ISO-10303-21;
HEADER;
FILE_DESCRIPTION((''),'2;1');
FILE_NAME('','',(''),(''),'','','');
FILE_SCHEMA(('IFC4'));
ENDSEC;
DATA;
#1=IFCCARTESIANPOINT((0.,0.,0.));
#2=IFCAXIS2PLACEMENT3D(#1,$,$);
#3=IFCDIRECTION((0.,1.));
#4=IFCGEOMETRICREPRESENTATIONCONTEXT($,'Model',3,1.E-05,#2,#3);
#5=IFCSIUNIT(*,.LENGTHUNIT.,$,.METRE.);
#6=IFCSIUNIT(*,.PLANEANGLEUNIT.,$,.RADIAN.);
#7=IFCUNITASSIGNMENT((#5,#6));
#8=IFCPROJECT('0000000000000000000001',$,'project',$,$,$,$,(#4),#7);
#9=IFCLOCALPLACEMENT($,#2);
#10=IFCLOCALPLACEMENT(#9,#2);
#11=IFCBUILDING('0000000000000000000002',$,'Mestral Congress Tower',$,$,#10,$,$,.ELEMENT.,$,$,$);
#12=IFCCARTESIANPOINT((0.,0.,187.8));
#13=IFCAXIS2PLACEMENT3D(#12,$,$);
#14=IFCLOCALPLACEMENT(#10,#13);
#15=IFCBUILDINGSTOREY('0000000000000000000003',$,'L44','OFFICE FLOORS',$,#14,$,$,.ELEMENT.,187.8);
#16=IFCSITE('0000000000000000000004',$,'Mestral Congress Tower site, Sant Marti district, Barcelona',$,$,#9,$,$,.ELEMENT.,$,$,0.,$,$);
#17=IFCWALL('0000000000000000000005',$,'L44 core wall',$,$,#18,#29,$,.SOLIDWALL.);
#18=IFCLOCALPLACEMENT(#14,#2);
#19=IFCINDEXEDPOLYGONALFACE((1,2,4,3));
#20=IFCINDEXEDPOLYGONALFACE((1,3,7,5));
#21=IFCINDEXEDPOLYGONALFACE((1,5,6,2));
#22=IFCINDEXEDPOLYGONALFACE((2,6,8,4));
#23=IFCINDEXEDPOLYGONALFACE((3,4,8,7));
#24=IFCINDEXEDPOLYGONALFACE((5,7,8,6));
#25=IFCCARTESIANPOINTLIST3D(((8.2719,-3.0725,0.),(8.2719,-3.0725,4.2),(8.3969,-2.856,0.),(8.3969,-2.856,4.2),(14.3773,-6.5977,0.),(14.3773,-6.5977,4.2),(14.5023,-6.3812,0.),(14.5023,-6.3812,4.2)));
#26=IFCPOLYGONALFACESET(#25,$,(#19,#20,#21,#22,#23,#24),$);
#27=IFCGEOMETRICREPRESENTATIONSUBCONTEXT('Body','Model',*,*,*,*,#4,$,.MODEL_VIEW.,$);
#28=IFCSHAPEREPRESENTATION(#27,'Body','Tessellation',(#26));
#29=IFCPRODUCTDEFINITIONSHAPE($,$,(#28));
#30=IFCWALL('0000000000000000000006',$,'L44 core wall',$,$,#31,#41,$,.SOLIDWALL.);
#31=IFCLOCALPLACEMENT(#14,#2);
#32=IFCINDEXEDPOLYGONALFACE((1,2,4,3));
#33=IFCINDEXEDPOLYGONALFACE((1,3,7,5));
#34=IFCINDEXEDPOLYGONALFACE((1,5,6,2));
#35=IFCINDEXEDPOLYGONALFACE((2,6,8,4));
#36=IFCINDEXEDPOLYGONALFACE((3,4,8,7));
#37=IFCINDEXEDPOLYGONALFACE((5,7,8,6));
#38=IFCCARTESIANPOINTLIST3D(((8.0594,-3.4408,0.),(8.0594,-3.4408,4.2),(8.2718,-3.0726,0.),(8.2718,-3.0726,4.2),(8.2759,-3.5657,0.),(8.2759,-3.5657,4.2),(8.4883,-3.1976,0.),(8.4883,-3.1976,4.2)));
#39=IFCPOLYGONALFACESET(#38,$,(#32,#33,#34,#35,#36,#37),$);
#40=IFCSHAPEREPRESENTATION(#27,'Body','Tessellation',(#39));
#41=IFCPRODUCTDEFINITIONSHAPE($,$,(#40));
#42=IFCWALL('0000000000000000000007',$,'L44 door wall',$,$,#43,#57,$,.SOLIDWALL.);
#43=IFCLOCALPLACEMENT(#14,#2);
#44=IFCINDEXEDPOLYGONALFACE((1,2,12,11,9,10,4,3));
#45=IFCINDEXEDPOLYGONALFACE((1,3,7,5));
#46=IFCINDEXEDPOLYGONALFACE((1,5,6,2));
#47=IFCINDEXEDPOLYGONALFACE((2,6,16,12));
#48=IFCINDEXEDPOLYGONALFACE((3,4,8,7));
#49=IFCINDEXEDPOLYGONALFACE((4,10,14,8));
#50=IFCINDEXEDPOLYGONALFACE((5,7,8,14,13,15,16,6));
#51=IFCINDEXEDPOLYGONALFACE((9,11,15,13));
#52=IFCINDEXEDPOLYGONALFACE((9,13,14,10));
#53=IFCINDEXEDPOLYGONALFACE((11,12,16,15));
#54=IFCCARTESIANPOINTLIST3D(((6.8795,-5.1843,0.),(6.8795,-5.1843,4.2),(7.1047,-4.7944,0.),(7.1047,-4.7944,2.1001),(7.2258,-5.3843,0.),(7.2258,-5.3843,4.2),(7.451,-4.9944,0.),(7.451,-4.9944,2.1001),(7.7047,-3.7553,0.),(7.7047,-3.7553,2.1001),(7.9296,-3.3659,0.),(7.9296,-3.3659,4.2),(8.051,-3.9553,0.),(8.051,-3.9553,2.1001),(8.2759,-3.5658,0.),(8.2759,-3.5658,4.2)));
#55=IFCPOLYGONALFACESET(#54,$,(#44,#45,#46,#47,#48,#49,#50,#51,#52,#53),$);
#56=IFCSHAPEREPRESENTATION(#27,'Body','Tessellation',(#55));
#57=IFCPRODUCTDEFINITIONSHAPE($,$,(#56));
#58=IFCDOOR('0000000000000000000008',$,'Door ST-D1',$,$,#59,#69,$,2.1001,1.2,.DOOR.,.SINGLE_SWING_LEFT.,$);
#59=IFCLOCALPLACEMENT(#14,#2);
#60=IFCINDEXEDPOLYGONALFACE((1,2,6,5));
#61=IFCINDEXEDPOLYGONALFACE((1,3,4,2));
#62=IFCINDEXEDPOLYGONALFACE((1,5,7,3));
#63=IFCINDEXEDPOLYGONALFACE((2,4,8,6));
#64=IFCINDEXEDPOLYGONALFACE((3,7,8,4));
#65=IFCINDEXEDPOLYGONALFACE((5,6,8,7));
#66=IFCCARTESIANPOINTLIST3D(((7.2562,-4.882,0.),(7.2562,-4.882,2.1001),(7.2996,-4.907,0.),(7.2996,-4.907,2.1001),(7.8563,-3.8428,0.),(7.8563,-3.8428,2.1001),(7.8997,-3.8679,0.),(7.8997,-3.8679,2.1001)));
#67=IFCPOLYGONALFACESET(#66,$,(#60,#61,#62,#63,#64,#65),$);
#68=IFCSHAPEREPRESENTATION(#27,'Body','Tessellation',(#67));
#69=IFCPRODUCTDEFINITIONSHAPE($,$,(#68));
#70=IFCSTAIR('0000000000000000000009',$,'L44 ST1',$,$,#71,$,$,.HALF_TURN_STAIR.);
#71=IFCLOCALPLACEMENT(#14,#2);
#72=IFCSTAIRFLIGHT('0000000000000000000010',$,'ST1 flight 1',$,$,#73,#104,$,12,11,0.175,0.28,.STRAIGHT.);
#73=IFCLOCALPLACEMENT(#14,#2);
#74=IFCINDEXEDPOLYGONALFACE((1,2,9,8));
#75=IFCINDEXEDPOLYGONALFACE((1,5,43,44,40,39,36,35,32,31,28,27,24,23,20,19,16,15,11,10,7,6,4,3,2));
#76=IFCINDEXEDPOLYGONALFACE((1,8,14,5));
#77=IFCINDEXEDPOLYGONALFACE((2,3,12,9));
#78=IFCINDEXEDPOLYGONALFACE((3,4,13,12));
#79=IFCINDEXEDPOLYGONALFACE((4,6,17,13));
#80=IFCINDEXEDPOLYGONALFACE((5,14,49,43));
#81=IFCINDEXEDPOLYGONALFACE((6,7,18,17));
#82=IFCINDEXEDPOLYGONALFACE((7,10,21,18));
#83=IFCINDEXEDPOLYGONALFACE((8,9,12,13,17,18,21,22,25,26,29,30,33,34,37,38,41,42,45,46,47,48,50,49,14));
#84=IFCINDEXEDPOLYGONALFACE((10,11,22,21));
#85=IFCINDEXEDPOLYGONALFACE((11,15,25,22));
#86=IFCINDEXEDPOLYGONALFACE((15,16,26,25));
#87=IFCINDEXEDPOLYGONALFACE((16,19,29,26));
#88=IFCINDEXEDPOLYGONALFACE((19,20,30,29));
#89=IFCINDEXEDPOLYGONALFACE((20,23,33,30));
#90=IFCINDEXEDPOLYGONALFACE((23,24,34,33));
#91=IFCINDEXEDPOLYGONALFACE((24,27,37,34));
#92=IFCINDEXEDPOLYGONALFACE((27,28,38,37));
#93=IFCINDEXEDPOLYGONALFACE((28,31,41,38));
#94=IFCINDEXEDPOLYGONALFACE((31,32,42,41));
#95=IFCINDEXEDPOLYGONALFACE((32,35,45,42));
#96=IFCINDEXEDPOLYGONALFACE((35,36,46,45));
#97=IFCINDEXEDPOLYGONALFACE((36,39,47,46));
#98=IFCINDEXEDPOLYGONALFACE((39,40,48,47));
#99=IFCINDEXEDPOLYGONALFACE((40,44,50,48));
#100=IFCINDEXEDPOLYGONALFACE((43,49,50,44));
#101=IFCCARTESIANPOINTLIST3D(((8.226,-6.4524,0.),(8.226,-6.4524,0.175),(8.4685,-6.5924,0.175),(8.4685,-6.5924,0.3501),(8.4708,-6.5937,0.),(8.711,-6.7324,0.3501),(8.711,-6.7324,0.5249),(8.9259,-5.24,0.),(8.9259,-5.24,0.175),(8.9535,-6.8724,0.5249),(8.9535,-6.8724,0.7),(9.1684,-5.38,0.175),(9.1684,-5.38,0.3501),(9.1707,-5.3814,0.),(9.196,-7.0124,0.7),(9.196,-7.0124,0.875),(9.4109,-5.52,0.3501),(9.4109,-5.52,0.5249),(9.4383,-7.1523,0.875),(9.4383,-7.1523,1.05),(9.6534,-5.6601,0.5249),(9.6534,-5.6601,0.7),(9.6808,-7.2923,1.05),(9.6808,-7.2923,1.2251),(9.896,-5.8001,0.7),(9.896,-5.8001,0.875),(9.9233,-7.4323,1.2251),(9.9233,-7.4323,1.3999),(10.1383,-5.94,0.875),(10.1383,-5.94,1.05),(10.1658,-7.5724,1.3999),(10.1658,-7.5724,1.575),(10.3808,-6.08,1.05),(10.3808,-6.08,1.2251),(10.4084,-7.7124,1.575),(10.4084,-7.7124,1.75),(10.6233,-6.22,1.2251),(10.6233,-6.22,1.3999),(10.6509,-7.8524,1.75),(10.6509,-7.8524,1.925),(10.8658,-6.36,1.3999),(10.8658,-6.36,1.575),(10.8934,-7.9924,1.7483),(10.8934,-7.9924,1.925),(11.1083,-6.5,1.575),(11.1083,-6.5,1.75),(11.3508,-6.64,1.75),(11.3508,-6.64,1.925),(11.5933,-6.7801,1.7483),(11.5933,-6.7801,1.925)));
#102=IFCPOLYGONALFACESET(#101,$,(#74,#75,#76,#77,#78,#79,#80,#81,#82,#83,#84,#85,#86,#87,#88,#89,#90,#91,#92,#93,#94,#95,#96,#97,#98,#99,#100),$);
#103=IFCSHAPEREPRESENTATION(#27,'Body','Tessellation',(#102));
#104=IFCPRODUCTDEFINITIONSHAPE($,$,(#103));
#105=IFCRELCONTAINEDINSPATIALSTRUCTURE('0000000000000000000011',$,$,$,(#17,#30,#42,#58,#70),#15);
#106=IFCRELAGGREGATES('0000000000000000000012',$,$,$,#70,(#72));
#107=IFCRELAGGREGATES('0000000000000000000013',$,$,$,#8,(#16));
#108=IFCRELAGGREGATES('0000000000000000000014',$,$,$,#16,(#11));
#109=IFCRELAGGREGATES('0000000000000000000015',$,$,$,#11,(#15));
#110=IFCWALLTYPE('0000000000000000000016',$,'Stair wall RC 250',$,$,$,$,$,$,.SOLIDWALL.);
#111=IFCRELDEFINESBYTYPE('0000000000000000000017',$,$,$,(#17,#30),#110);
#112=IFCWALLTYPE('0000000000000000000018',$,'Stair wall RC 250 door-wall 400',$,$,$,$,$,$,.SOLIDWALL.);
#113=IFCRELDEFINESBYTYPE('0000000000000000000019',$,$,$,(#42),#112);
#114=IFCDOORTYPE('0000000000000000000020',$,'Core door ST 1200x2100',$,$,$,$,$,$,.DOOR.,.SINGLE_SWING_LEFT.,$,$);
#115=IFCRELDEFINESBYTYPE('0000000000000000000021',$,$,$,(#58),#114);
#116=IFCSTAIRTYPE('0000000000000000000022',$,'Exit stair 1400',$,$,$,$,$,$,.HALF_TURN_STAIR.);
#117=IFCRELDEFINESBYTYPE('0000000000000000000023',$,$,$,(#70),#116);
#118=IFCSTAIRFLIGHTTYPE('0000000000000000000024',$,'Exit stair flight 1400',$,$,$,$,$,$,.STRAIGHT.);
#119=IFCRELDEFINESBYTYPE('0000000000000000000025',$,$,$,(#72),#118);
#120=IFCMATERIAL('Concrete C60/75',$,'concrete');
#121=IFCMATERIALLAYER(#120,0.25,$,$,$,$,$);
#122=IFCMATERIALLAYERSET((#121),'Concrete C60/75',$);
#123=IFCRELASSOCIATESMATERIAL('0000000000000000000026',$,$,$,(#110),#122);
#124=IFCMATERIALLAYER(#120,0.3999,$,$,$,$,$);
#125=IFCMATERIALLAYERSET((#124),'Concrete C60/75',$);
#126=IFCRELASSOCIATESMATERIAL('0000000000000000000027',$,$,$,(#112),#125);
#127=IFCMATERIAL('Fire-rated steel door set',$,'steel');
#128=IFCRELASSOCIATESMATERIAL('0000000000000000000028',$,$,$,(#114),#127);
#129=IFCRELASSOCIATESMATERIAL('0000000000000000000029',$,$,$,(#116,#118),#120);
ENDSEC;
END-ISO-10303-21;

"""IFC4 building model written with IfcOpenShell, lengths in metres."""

from ifc_helpers import new_model, si_unit, direction, frame, frame_2d, origin, place, context, subcontext, project, spatial, polyline, rectangle, outline, extrude, material, layer, layer_set, type_object, element, fill, aggregate, save


model = new_model("IFC4")

# Units and contexts
model_context = context("Model", 3, precision=1e-05, world=origin(), true_north=direction((0.0, 1.0)))
body_context = subcontext(model_context, "Body", "Model", "MODEL_VIEW")
ifc_project = project(units=[si_unit("LENGTHUNIT", "METRE"), si_unit("PLANEANGLEUNIT", "RADIAN")], contexts=[model_context])

# Site, building, storey
site_placement = place(None, origin())
site = spatial("IfcSite", under=ifc_project, at=site_placement, Name="Mestral Congress Tower site, Sant Marti district, Barcelona", CompositionType="ELEMENT", RefElevation=0.0)
building_placement = place(site_placement, origin())
building = spatial("IfcBuilding", under=site, at=building_placement, Name="Mestral Congress Tower", CompositionType="ELEMENT")
storey_placement = place(building_placement, frame((0.0, 0.0, 187.8)))
storey = spatial("IfcBuildingStorey", under=building, at=storey_placement, Name="L44", Description="OFFICE FLOORS", CompositionType="ELEMENT", Elevation=187.8)

# Shared definitions
ifc_material_1 = material(Name="Concrete C60/75", Category="concrete")

# Shared definitions
ifc_material_2 = material(Name="Fire-rated steel door set", Category="steel")

# Walls
ifc_layer_1 = layer(ifc_material_1, 0.25)
ifc_layer_set_1 = layer_set([ifc_layer_1], Name="Concrete C60/75")
wall_type_1 = type_object("IfcWallType", Name="Stair wall RC 250", PredefinedType="SOLIDWALL", material=ifc_layer_set_1)
wall_1_placement = place(storey_placement, frame((8.3345, -2.9644, 0.0), z_axis=(0.0, 0.0, 1.0), x_axis=(0.866016, -0.500016, 0.0)))
element("IfcWall", 1, at=wall_1_placement, inside=storey, type_object=wall_type_1, Name="L44 core wall", PredefinedType="SOLIDWALL", context=body_context, shape_type="SweptSolid", body=[
    extrude(rectangle(XDim=7.05, YDim=0.25, at=frame_2d((3.5249, 0.0))), origin(), (0.0, 0.0, 1.0), 4.2),
])
wall_2_placement = place(storey_placement, frame((8.1677, -3.5032, 0.0), z_axis=(0.0, 0.0, 1.0), x_axis=(0.499722, 0.866186, 0.0)))
element("IfcWall", 2, at=wall_2_placement, inside=storey, type_object=wall_type_1, Name="L44 core wall", PredefinedType="SOLIDWALL", context=body_context, shape_type="SweptSolid", body=[
    extrude(rectangle(XDim=0.425, YDim=0.25, at=frame_2d((0.2124, 0.0))), origin(), (0.0, 0.0, 1.0), 4.2),
])

# Wall, opening, door
ifc_layer_2 = layer(ifc_material_1, 0.3999)
ifc_layer_set_2 = layer_set([ifc_layer_2], Name="Concrete C60/75")
wall_type_2 = type_object("IfcWallType", Name="Stair wall RC 250 door-wall 400", PredefinedType="SOLIDWALL", material=ifc_layer_set_2)
wall_3_placement = place(storey_placement, frame((7.0527, -5.2842, 0.0), z_axis=(0.0, 0.0, 1.0), x_axis=(0.500078, 0.86598, 0.0)))
wall_3 = element("IfcWall", 3, at=wall_3_placement, inside=storey, type_object=wall_type_2, Name="L44 door wall", PredefinedType="SOLIDWALL", context=body_context, shape_type="SweptSolid", body=[
    extrude(rectangle(XDim=2.0999, YDim=0.3999, at=frame_2d((1.0498, 0.0))), origin(), (0.0, 0.0, 1.0), 4.2),
])
opening_1_placement = place(wall_3_placement, frame((0.45, 0.0, 0.0)))
opening_1 = element("IfcOpeningElement", 4, at=opening_1_placement, cuts=wall_3, PredefinedType="OPENING", context=body_context, shape_type="SweptSolid", body=[
    extrude(rectangle(XDim=1.2, YDim=2.1001, at=frame_2d((0.6001, 1.05))), frame((0.0, 0.21, 0.0), z_axis=(0.0, -1.0, 0.0), x_axis=(1.0, 0.0, 0.0)), (0.0, 0.0, 1.0), 0.4199),
])
door_type_1 = type_object("IfcDoorType", Name="Core door ST 1200x2100", OperationType="SINGLE_SWING_LEFT", PredefinedType="DOOR", material=ifc_material_2)
door_1_placement = place(opening_1_placement, origin())
door_1 = element("IfcDoor", 5, at=door_1_placement, inside=storey, type_object=door_type_1, Name="Door ST-D1", OperationType="SINGLE_SWING_LEFT", OverallHeight=2.1001, OverallWidth=1.2, PredefinedType="DOOR", context=body_context, shape_type="SweptSolid", body=[
    extrude(rectangle(XDim=1.2, YDim=2.1001, at=frame_2d((0.6001, 1.05))), frame((0.0, 0.0249, 0.0), z_axis=(0.0, -1.0, 0.0), x_axis=(1.0, 0.0, 0.0)), (0.0, 0.0, 1.0), 0.05),
])
fill(opening_1, door_1)

# Stair, stair flight
stair_type = type_object("IfcStairType", Name="Exit stair 1400", PredefinedType="HALF_TURN_STAIR", material=ifc_material_1)
stair_placement = place(storey_placement, origin())
stair = element("IfcStair", 6, at=stair_placement, inside=storey, type_object=stair_type, Name="L44 ST1", PredefinedType="HALF_TURN_STAIR")
stair_flight_type = type_object("IfcStairFlightType", Name="Exit stair flight 1400", PredefinedType="STRAIGHT", material=ifc_material_1)
stair_flight_placement = place(storey_placement, frame((8.5759, -5.8462, 0.0), z_axis=(0.0, 0.0, 1.0), x_axis=(0.866025, -0.5, 0.0)))
stair_flight = element("IfcStairFlight", 7, at=stair_flight_placement, type_object=stair_flight_type, Name="ST1 flight 1", NumberOfRisers=12, NumberOfTreads=11, PredefinedType="STRAIGHT", RiserHeight=0.175, TreadLength=0.28, context=body_context, shape_type="SweptSolid", body=[
    extrude(outline(polyline([(0.0, 0.0), (0.0, 0.175), (0.28, 0.175), (0.28, 0.3501), (0.5601, 0.3501), (0.5601, 0.5249), (0.8401, 0.5249), (0.8401, 0.7), (1.1201, 0.7), (1.1201, 0.875), (1.3999, 0.875), (1.3999, 1.05), (1.6799, 1.05), (1.6799, 1.2251), (1.96, 1.2251), (1.96, 1.3999), (2.24, 1.3999), (2.24, 1.575), (2.52, 1.575), (2.52, 1.75), (2.8, 1.75), (2.8, 1.925), (3.0801, 1.925), (3.0801, 2.1001), (3.0801, 1.7483), (0.2827, 0.0), (0.0, 0.0)])), frame((0.0, 0.7, 0.0), z_axis=(0.0, -1.0, 0.0), x_axis=(1.0, 0.0, 0.0)), (0.0, 0.0, 1.0), 1.3999),
])
aggregate(stair, [stair_flight])

save(model, "model.ifc")
